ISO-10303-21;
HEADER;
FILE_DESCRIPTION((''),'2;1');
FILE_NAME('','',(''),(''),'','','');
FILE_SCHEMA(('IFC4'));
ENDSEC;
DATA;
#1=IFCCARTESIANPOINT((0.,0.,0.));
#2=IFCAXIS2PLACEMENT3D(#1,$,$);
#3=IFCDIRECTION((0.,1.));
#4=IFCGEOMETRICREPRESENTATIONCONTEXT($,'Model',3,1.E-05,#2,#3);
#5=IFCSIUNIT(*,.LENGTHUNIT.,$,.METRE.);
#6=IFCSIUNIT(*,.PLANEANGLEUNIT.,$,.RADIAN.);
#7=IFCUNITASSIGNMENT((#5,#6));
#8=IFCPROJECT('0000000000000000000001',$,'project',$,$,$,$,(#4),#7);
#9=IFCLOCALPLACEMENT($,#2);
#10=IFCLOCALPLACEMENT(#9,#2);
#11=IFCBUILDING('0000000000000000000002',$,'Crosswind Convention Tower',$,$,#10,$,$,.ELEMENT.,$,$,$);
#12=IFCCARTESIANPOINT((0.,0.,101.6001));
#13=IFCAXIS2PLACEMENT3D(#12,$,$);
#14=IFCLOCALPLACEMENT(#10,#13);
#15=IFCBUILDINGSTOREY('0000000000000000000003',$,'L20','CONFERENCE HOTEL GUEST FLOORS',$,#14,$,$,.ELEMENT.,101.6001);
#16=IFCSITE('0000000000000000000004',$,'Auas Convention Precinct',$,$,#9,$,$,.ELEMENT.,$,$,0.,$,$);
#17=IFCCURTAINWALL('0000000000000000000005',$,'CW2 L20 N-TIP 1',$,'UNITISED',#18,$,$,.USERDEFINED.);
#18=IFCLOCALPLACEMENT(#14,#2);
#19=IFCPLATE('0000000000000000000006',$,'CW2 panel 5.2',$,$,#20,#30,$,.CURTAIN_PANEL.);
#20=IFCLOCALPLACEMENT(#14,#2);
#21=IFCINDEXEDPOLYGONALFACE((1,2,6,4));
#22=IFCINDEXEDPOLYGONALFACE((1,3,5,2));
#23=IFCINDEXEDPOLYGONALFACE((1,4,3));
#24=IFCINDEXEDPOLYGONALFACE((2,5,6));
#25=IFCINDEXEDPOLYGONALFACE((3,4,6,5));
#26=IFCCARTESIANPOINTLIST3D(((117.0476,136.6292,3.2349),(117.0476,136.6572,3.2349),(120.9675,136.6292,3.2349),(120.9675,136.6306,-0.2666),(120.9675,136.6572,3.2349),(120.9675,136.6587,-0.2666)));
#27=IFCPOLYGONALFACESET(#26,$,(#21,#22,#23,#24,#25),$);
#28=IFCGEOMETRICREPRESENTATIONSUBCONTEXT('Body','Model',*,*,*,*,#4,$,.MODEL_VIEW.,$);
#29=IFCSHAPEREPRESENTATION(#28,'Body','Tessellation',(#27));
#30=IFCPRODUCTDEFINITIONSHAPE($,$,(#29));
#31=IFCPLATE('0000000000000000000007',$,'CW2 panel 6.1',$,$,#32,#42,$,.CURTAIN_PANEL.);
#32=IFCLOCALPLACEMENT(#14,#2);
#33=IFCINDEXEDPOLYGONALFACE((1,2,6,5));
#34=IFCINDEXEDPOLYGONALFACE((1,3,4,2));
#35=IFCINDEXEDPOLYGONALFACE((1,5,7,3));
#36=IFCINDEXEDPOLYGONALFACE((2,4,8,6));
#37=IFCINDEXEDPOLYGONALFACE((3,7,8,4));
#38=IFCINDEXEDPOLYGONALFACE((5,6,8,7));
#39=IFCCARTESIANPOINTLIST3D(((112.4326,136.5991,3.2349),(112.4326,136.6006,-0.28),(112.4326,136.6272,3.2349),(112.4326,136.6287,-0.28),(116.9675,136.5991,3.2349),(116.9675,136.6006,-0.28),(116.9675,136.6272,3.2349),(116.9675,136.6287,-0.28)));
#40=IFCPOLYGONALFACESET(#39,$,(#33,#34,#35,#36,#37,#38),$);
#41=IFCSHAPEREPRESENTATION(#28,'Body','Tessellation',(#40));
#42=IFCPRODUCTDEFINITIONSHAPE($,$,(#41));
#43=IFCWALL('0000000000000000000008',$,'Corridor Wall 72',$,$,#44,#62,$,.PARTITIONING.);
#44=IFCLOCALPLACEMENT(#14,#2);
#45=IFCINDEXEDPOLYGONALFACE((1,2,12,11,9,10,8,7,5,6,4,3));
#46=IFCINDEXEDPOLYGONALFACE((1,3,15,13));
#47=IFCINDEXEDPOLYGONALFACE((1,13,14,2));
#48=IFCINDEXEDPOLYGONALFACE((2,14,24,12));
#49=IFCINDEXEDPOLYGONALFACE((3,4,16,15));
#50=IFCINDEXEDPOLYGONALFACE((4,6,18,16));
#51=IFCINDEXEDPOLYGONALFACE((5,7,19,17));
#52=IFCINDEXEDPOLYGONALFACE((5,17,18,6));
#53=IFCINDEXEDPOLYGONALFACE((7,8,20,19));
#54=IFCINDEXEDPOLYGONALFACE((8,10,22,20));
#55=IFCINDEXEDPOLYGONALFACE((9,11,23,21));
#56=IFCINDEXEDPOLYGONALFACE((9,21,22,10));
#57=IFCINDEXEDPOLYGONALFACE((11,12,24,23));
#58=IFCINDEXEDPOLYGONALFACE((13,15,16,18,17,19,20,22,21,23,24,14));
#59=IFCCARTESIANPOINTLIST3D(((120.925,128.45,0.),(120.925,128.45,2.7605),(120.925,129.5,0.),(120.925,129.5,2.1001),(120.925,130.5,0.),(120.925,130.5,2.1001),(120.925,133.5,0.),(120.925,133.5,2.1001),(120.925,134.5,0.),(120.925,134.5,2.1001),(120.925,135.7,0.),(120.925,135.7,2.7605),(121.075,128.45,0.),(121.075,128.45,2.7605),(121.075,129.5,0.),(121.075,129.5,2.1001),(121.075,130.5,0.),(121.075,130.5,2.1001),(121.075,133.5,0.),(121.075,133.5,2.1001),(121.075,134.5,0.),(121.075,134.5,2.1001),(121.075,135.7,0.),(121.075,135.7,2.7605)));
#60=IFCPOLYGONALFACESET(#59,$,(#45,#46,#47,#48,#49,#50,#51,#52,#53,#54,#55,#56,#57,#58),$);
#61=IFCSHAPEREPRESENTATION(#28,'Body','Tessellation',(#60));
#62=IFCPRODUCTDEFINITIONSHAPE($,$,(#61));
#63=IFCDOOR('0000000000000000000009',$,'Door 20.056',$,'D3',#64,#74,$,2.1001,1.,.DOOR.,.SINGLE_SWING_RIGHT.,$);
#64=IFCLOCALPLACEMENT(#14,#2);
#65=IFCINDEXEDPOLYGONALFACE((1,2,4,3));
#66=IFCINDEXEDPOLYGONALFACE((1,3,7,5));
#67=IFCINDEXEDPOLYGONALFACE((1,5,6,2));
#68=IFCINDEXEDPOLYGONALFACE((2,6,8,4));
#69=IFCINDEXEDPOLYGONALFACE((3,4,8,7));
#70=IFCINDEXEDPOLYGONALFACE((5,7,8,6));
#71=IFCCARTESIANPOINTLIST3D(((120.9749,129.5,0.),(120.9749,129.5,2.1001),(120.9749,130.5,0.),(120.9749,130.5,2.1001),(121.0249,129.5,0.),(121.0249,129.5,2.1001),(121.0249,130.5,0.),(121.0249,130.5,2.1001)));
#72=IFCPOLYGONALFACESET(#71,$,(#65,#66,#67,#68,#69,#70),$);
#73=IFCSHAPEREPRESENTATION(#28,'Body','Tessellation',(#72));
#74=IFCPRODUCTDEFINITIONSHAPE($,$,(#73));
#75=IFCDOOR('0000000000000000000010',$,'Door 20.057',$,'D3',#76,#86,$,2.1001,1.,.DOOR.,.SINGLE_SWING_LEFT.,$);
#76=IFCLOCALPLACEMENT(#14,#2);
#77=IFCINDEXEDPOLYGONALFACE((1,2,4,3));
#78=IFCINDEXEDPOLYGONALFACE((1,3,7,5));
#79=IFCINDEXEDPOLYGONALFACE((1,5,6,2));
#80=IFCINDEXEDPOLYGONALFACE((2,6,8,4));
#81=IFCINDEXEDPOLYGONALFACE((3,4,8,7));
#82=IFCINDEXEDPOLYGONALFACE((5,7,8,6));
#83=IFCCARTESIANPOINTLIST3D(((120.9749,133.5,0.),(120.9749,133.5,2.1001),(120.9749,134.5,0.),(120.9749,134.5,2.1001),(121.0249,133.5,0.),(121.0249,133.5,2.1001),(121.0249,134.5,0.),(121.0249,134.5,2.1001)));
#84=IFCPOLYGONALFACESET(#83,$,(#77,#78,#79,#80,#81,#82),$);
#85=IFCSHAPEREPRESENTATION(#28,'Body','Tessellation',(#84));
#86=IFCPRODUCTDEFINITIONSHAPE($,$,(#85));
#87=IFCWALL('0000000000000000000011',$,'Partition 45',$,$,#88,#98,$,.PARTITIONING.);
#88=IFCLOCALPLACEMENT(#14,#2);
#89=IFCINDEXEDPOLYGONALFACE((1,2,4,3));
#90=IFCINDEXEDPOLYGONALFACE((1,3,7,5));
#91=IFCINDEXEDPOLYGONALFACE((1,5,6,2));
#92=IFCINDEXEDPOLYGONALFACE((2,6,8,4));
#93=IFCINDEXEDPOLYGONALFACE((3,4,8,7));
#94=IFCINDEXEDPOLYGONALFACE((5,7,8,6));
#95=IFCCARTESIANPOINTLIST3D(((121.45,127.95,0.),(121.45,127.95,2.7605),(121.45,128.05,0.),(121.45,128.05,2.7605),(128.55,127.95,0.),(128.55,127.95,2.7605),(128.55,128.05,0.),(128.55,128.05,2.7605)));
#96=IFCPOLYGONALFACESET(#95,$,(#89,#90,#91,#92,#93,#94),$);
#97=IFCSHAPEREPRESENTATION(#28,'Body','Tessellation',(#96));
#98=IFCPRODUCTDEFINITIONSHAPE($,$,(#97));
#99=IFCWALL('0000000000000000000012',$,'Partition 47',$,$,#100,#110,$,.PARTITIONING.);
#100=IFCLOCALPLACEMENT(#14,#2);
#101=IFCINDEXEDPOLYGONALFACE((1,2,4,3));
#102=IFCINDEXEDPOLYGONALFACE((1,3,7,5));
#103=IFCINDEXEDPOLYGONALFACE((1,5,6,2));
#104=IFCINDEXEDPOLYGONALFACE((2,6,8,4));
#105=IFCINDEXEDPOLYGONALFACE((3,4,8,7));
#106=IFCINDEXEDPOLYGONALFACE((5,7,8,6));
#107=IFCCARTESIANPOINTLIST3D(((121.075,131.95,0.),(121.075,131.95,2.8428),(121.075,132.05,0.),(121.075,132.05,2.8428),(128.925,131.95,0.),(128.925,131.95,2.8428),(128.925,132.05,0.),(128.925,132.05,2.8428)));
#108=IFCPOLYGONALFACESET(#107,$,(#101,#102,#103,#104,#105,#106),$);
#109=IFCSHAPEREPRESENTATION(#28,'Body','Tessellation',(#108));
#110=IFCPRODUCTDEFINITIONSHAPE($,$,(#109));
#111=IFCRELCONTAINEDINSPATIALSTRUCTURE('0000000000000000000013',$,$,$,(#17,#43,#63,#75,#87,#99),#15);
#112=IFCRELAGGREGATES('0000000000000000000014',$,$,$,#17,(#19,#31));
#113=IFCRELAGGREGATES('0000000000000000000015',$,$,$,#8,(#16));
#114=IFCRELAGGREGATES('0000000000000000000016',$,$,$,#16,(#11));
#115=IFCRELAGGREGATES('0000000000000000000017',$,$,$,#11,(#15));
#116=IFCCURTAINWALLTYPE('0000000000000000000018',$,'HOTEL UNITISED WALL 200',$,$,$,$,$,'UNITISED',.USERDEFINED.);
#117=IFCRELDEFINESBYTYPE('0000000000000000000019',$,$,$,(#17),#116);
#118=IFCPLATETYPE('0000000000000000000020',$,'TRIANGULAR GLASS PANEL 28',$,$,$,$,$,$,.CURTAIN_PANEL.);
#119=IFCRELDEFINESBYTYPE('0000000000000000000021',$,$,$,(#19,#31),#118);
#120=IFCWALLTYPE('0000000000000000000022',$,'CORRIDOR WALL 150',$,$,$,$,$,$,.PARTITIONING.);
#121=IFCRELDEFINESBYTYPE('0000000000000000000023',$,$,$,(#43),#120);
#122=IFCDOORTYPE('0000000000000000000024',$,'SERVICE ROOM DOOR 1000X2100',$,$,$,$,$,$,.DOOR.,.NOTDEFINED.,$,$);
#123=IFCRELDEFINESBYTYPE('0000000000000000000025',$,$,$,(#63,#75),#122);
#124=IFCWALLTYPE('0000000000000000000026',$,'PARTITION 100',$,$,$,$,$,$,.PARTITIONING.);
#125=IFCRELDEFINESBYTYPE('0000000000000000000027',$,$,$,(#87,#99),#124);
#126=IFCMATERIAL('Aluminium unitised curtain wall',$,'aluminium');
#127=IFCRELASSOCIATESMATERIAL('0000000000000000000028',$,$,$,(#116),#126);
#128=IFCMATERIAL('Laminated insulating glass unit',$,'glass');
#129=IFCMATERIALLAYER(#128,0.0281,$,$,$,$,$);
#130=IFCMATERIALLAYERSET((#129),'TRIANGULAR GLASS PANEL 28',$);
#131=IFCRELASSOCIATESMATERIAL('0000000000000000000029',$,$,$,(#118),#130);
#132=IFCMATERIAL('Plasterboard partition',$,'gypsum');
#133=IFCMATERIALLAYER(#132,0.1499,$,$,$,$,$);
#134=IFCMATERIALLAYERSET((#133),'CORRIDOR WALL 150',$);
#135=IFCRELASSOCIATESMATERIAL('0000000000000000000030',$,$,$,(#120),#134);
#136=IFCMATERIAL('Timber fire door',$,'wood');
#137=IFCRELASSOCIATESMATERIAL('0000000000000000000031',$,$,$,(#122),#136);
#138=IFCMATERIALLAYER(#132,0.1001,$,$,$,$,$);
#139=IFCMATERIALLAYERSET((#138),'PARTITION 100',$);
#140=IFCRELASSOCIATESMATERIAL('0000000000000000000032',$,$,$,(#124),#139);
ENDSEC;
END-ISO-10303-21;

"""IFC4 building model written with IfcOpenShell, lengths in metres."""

from ifc_helpers import new_model, si_unit, direction, frame, frame_2d, origin, place, context, subcontext, project, spatial, polyline, rectangle, outline, extrude, material, layer, layer_set, type_object, element, fill, aggregate, save


model = new_model("IFC4")

# Units and contexts
model_context = context("Model", 3, precision=1e-05, world=origin(), true_north=direction((0.0, 1.0)))
body_context = subcontext(model_context, "Body", "Model", "MODEL_VIEW")
ifc_project = project(units=[si_unit("LENGTHUNIT", "METRE"), si_unit("PLANEANGLEUNIT", "RADIAN")], contexts=[model_context])

# Site, building, storey
site_placement = place(None, origin())
site = spatial("IfcSite", under=ifc_project, at=site_placement, Name="Auas Convention Precinct", CompositionType="ELEMENT", RefElevation=0.0)
building_placement = place(site_placement, origin())
building = spatial("IfcBuilding", under=site, at=building_placement, Name="Crosswind Convention Tower", CompositionType="ELEMENT")
storey_placement = place(building_placement, frame((0.0, 0.0, 101.6001)))
storey = spatial("IfcBuildingStorey", under=building, at=storey_placement, Name="L20", Description="CONFERENCE HOTEL GUEST FLOORS", CompositionType="ELEMENT", Elevation=101.6001)

# Curtain wall
ifc_material_1 = material(Name="Aluminium unitised curtain wall", Category="aluminium")
curtain_wall_type = type_object("IfcCurtainWallType", Name="HOTEL UNITISED WALL 200", ElementType="UNITISED", PredefinedType="USERDEFINED", material=ifc_material_1)
curtain_wall_placement = place(storey_placement, origin())
curtain_wall = element("IfcCurtainWall", 1, at=curtain_wall_placement, inside=storey, type_object=curtain_wall_type, Name="CW2 L20 N-TIP 1", ObjectType="UNITISED", PredefinedType="USERDEFINED")

# Plates
ifc_material_2 = material(Name="Laminated insulating glass unit", Category="glass")
ifc_layer_1 = layer(ifc_material_2, 0.0281)
ifc_layer_set_1 = layer_set([ifc_layer_1], Name="TRIANGULAR GLASS PANEL 28")
plate_type = type_object("IfcPlateType", Name="TRIANGULAR GLASS PANEL 28", PredefinedType="CURTAIN_PANEL", material=ifc_layer_set_1)
plate_1_placement = place(storey_placement, frame((120.9675, 136.6572, 3.2349), z_axis=(0.0, 1.0, 0.000418), x_axis=(0.0, 0.000418, -1.0)))
plate_1 = element("IfcPlate", 2, at=plate_1_placement, type_object=plate_type, Name="CW2 panel 5.2", PredefinedType="CURTAIN_PANEL", context=body_context, shape_type="SweptSolid", body=[
    extrude(outline(polyline([(0.0, 0.0), (3.5015, 0.0), (0.0, 3.9199), (0.0, 0.0)])), origin(), (0.0, 0.0, -1.0), 0.0281),
])
plate_2_placement = place(storey_placement, frame((116.9675, 136.6287, -0.28), z_axis=(0.0, 1.0, 0.000417), x_axis=(-1.0, 0.0, 0.0)))
plate_2 = element("IfcPlate", 3, at=plate_2_placement, type_object=plate_type, Name="CW2 panel 6.1", PredefinedType="CURTAIN_PANEL", context=body_context, shape_type="SweptSolid", body=[
    extrude(outline(polyline([(0.0, 0.0), (4.5349, 0.0), (4.5349, 3.5149), (0.0, 3.5149), (0.0, 0.0)])), origin(), (0.0, 0.0, -1.0), 0.0281),
])
aggregate(curtain_wall, [plate_1, plate_2])

# Wall, openings, doors
ifc_material_3 = material(Name="Plasterboard partition", Category="gypsum")
ifc_layer_2 = layer(ifc_material_3, 0.1499)
ifc_layer_set_2 = layer_set([ifc_layer_2], Name="CORRIDOR WALL 150")
wall_type_1 = type_object("IfcWallType", Name="CORRIDOR WALL 150", PredefinedType="PARTITIONING", material=ifc_layer_set_2)
wall_1_placement = place(storey_placement, frame((121.0, 128.45, 0.0), z_axis=(0.0, 0.0, 1.0), x_axis=(0.0, 1.0, 0.0)))
wall_1 = element("IfcWall", 4, at=wall_1_placement, inside=storey, type_object=wall_type_1, Name="Corridor Wall 72", PredefinedType="PARTITIONING", context=body_context, shape_type="SweptSolid", body=[
    extrude(rectangle(XDim=7.25, YDim=0.1499, at=frame_2d((3.625, 0.0))), origin(), (0.0, 0.0, 1.0), 2.7605),
])
opening_1_placement = place(wall_1_placement, frame((1.05, 0.0, 0.0)))
opening_1 = element("IfcOpeningElement", 5, at=opening_1_placement, cuts=wall_1, PredefinedType="OPENING", context=body_context, shape_type="SweptSolid", body=[
    extrude(rectangle(XDim=1.0, YDim=2.1001, at=frame_2d((0.5, 1.05))), frame((0.0, 0.085, 0.0), z_axis=(0.0, -1.0, 0.0), x_axis=(1.0, 0.0, 0.0)), (0.0, 0.0, 1.0), 0.1699),
])
opening_2_placement = place(wall_1_placement, frame((5.05, 0.0, 0.0)))
opening_2 = element("IfcOpeningElement", 6, at=opening_2_placement, cuts=wall_1, PredefinedType="OPENING", context=body_context, shape_type="SweptSolid", body=[
    extrude(rectangle(XDim=1.0, YDim=2.1001, at=frame_2d((0.5, 1.05))), frame((0.0, 0.085, 0.0), z_axis=(0.0, -1.0, 0.0), x_axis=(1.0, 0.0, 0.0)), (0.0, 0.0, 1.0), 0.1699),
])
ifc_material_4 = material(Name="Timber fire door", Category="wood")
door_type = type_object("IfcDoorType", Name="SERVICE ROOM DOOR 1000X2100", OperationType="NOTDEFINED", PredefinedType="DOOR", material=ifc_material_4)
door_1_placement = place(opening_1_placement, frame((1.0, 0.0, 0.0), z_axis=(0.0, 0.0, 1.0), x_axis=(-1.0, 0.0, 0.0)))
door_1 = element("IfcDoor", 7, at=door_1_placement, inside=storey, type_object=door_type, Name="Door 20.056", ObjectType="D3", OperationType="SINGLE_SWING_RIGHT", OverallHeight=2.1001, OverallWidth=1.0, PredefinedType="DOOR", context=body_context, shape_type="SweptSolid", body=[
    extrude(rectangle(XDim=1.0, YDim=2.1001, at=frame_2d((0.5, 1.05))), frame((0.0, 0.0249, 0.0), z_axis=(0.0, -1.0, 0.0), x_axis=(1.0, 0.0, 0.0)), (0.0, 0.0, 1.0), 0.05),
])
fill(opening_1, door_1)
door_2_placement = place(opening_2_placement, frame((1.0, 0.0, 0.0), z_axis=(0.0, 0.0, 1.0), x_axis=(-1.0, 0.0, 0.0)))
door_2 = element("IfcDoor", 8, at=door_2_placement, inside=storey, type_object=door_type, Name="Door 20.057", ObjectType="D3", OperationType="SINGLE_SWING_LEFT", OverallHeight=2.1001, OverallWidth=1.0, PredefinedType="DOOR", context=body_context, shape_type="SweptSolid", body=[
    extrude(rectangle(XDim=1.0, YDim=2.1001, at=frame_2d((0.5, 1.05))), frame((0.0, 0.0249, 0.0), z_axis=(0.0, -1.0, 0.0), x_axis=(1.0, 0.0, 0.0)), (0.0, 0.0, 1.0), 0.05),
])
fill(opening_2, door_2)

# Walls
ifc_layer_3 = layer(ifc_material_3, 0.1001)
ifc_layer_set_3 = layer_set([ifc_layer_3], Name="PARTITION 100")
wall_type_2 = type_object("IfcWallType", Name="PARTITION 100", PredefinedType="PARTITIONING", material=ifc_layer_set_3)
wall_2_placement = place(storey_placement, frame((121.45, 128.0, 0.0), z_axis=(0.0, 0.0, 1.0), x_axis=(1.0, 0.0, 0.0)))
element("IfcWall", 9, at=wall_2_placement, inside=storey, type_object=wall_type_2, Name="Partition 45", PredefinedType="PARTITIONING", context=body_context, shape_type="SweptSolid", body=[
    extrude(rectangle(XDim=7.1001, YDim=0.1001, at=frame_2d((3.55, 0.0))), origin(), (0.0, 0.0, 1.0), 2.7605),
])
wall_3_placement = place(storey_placement, frame((121.075, 132.0, 0.0), z_axis=(0.0, 0.0, 1.0), x_axis=(1.0, 0.0, 0.0)))
element("IfcWall", 10, at=wall_3_placement, inside=storey, type_object=wall_type_2, Name="Partition 47", PredefinedType="PARTITIONING", context=body_context, shape_type="SweptSolid", body=[
    extrude(rectangle(XDim=7.8501, YDim=0.1001, at=frame_2d((3.925, 0.0))), origin(), (0.0, 0.0, 1.0), 2.8428),
])

save(model, "model.ifc")
